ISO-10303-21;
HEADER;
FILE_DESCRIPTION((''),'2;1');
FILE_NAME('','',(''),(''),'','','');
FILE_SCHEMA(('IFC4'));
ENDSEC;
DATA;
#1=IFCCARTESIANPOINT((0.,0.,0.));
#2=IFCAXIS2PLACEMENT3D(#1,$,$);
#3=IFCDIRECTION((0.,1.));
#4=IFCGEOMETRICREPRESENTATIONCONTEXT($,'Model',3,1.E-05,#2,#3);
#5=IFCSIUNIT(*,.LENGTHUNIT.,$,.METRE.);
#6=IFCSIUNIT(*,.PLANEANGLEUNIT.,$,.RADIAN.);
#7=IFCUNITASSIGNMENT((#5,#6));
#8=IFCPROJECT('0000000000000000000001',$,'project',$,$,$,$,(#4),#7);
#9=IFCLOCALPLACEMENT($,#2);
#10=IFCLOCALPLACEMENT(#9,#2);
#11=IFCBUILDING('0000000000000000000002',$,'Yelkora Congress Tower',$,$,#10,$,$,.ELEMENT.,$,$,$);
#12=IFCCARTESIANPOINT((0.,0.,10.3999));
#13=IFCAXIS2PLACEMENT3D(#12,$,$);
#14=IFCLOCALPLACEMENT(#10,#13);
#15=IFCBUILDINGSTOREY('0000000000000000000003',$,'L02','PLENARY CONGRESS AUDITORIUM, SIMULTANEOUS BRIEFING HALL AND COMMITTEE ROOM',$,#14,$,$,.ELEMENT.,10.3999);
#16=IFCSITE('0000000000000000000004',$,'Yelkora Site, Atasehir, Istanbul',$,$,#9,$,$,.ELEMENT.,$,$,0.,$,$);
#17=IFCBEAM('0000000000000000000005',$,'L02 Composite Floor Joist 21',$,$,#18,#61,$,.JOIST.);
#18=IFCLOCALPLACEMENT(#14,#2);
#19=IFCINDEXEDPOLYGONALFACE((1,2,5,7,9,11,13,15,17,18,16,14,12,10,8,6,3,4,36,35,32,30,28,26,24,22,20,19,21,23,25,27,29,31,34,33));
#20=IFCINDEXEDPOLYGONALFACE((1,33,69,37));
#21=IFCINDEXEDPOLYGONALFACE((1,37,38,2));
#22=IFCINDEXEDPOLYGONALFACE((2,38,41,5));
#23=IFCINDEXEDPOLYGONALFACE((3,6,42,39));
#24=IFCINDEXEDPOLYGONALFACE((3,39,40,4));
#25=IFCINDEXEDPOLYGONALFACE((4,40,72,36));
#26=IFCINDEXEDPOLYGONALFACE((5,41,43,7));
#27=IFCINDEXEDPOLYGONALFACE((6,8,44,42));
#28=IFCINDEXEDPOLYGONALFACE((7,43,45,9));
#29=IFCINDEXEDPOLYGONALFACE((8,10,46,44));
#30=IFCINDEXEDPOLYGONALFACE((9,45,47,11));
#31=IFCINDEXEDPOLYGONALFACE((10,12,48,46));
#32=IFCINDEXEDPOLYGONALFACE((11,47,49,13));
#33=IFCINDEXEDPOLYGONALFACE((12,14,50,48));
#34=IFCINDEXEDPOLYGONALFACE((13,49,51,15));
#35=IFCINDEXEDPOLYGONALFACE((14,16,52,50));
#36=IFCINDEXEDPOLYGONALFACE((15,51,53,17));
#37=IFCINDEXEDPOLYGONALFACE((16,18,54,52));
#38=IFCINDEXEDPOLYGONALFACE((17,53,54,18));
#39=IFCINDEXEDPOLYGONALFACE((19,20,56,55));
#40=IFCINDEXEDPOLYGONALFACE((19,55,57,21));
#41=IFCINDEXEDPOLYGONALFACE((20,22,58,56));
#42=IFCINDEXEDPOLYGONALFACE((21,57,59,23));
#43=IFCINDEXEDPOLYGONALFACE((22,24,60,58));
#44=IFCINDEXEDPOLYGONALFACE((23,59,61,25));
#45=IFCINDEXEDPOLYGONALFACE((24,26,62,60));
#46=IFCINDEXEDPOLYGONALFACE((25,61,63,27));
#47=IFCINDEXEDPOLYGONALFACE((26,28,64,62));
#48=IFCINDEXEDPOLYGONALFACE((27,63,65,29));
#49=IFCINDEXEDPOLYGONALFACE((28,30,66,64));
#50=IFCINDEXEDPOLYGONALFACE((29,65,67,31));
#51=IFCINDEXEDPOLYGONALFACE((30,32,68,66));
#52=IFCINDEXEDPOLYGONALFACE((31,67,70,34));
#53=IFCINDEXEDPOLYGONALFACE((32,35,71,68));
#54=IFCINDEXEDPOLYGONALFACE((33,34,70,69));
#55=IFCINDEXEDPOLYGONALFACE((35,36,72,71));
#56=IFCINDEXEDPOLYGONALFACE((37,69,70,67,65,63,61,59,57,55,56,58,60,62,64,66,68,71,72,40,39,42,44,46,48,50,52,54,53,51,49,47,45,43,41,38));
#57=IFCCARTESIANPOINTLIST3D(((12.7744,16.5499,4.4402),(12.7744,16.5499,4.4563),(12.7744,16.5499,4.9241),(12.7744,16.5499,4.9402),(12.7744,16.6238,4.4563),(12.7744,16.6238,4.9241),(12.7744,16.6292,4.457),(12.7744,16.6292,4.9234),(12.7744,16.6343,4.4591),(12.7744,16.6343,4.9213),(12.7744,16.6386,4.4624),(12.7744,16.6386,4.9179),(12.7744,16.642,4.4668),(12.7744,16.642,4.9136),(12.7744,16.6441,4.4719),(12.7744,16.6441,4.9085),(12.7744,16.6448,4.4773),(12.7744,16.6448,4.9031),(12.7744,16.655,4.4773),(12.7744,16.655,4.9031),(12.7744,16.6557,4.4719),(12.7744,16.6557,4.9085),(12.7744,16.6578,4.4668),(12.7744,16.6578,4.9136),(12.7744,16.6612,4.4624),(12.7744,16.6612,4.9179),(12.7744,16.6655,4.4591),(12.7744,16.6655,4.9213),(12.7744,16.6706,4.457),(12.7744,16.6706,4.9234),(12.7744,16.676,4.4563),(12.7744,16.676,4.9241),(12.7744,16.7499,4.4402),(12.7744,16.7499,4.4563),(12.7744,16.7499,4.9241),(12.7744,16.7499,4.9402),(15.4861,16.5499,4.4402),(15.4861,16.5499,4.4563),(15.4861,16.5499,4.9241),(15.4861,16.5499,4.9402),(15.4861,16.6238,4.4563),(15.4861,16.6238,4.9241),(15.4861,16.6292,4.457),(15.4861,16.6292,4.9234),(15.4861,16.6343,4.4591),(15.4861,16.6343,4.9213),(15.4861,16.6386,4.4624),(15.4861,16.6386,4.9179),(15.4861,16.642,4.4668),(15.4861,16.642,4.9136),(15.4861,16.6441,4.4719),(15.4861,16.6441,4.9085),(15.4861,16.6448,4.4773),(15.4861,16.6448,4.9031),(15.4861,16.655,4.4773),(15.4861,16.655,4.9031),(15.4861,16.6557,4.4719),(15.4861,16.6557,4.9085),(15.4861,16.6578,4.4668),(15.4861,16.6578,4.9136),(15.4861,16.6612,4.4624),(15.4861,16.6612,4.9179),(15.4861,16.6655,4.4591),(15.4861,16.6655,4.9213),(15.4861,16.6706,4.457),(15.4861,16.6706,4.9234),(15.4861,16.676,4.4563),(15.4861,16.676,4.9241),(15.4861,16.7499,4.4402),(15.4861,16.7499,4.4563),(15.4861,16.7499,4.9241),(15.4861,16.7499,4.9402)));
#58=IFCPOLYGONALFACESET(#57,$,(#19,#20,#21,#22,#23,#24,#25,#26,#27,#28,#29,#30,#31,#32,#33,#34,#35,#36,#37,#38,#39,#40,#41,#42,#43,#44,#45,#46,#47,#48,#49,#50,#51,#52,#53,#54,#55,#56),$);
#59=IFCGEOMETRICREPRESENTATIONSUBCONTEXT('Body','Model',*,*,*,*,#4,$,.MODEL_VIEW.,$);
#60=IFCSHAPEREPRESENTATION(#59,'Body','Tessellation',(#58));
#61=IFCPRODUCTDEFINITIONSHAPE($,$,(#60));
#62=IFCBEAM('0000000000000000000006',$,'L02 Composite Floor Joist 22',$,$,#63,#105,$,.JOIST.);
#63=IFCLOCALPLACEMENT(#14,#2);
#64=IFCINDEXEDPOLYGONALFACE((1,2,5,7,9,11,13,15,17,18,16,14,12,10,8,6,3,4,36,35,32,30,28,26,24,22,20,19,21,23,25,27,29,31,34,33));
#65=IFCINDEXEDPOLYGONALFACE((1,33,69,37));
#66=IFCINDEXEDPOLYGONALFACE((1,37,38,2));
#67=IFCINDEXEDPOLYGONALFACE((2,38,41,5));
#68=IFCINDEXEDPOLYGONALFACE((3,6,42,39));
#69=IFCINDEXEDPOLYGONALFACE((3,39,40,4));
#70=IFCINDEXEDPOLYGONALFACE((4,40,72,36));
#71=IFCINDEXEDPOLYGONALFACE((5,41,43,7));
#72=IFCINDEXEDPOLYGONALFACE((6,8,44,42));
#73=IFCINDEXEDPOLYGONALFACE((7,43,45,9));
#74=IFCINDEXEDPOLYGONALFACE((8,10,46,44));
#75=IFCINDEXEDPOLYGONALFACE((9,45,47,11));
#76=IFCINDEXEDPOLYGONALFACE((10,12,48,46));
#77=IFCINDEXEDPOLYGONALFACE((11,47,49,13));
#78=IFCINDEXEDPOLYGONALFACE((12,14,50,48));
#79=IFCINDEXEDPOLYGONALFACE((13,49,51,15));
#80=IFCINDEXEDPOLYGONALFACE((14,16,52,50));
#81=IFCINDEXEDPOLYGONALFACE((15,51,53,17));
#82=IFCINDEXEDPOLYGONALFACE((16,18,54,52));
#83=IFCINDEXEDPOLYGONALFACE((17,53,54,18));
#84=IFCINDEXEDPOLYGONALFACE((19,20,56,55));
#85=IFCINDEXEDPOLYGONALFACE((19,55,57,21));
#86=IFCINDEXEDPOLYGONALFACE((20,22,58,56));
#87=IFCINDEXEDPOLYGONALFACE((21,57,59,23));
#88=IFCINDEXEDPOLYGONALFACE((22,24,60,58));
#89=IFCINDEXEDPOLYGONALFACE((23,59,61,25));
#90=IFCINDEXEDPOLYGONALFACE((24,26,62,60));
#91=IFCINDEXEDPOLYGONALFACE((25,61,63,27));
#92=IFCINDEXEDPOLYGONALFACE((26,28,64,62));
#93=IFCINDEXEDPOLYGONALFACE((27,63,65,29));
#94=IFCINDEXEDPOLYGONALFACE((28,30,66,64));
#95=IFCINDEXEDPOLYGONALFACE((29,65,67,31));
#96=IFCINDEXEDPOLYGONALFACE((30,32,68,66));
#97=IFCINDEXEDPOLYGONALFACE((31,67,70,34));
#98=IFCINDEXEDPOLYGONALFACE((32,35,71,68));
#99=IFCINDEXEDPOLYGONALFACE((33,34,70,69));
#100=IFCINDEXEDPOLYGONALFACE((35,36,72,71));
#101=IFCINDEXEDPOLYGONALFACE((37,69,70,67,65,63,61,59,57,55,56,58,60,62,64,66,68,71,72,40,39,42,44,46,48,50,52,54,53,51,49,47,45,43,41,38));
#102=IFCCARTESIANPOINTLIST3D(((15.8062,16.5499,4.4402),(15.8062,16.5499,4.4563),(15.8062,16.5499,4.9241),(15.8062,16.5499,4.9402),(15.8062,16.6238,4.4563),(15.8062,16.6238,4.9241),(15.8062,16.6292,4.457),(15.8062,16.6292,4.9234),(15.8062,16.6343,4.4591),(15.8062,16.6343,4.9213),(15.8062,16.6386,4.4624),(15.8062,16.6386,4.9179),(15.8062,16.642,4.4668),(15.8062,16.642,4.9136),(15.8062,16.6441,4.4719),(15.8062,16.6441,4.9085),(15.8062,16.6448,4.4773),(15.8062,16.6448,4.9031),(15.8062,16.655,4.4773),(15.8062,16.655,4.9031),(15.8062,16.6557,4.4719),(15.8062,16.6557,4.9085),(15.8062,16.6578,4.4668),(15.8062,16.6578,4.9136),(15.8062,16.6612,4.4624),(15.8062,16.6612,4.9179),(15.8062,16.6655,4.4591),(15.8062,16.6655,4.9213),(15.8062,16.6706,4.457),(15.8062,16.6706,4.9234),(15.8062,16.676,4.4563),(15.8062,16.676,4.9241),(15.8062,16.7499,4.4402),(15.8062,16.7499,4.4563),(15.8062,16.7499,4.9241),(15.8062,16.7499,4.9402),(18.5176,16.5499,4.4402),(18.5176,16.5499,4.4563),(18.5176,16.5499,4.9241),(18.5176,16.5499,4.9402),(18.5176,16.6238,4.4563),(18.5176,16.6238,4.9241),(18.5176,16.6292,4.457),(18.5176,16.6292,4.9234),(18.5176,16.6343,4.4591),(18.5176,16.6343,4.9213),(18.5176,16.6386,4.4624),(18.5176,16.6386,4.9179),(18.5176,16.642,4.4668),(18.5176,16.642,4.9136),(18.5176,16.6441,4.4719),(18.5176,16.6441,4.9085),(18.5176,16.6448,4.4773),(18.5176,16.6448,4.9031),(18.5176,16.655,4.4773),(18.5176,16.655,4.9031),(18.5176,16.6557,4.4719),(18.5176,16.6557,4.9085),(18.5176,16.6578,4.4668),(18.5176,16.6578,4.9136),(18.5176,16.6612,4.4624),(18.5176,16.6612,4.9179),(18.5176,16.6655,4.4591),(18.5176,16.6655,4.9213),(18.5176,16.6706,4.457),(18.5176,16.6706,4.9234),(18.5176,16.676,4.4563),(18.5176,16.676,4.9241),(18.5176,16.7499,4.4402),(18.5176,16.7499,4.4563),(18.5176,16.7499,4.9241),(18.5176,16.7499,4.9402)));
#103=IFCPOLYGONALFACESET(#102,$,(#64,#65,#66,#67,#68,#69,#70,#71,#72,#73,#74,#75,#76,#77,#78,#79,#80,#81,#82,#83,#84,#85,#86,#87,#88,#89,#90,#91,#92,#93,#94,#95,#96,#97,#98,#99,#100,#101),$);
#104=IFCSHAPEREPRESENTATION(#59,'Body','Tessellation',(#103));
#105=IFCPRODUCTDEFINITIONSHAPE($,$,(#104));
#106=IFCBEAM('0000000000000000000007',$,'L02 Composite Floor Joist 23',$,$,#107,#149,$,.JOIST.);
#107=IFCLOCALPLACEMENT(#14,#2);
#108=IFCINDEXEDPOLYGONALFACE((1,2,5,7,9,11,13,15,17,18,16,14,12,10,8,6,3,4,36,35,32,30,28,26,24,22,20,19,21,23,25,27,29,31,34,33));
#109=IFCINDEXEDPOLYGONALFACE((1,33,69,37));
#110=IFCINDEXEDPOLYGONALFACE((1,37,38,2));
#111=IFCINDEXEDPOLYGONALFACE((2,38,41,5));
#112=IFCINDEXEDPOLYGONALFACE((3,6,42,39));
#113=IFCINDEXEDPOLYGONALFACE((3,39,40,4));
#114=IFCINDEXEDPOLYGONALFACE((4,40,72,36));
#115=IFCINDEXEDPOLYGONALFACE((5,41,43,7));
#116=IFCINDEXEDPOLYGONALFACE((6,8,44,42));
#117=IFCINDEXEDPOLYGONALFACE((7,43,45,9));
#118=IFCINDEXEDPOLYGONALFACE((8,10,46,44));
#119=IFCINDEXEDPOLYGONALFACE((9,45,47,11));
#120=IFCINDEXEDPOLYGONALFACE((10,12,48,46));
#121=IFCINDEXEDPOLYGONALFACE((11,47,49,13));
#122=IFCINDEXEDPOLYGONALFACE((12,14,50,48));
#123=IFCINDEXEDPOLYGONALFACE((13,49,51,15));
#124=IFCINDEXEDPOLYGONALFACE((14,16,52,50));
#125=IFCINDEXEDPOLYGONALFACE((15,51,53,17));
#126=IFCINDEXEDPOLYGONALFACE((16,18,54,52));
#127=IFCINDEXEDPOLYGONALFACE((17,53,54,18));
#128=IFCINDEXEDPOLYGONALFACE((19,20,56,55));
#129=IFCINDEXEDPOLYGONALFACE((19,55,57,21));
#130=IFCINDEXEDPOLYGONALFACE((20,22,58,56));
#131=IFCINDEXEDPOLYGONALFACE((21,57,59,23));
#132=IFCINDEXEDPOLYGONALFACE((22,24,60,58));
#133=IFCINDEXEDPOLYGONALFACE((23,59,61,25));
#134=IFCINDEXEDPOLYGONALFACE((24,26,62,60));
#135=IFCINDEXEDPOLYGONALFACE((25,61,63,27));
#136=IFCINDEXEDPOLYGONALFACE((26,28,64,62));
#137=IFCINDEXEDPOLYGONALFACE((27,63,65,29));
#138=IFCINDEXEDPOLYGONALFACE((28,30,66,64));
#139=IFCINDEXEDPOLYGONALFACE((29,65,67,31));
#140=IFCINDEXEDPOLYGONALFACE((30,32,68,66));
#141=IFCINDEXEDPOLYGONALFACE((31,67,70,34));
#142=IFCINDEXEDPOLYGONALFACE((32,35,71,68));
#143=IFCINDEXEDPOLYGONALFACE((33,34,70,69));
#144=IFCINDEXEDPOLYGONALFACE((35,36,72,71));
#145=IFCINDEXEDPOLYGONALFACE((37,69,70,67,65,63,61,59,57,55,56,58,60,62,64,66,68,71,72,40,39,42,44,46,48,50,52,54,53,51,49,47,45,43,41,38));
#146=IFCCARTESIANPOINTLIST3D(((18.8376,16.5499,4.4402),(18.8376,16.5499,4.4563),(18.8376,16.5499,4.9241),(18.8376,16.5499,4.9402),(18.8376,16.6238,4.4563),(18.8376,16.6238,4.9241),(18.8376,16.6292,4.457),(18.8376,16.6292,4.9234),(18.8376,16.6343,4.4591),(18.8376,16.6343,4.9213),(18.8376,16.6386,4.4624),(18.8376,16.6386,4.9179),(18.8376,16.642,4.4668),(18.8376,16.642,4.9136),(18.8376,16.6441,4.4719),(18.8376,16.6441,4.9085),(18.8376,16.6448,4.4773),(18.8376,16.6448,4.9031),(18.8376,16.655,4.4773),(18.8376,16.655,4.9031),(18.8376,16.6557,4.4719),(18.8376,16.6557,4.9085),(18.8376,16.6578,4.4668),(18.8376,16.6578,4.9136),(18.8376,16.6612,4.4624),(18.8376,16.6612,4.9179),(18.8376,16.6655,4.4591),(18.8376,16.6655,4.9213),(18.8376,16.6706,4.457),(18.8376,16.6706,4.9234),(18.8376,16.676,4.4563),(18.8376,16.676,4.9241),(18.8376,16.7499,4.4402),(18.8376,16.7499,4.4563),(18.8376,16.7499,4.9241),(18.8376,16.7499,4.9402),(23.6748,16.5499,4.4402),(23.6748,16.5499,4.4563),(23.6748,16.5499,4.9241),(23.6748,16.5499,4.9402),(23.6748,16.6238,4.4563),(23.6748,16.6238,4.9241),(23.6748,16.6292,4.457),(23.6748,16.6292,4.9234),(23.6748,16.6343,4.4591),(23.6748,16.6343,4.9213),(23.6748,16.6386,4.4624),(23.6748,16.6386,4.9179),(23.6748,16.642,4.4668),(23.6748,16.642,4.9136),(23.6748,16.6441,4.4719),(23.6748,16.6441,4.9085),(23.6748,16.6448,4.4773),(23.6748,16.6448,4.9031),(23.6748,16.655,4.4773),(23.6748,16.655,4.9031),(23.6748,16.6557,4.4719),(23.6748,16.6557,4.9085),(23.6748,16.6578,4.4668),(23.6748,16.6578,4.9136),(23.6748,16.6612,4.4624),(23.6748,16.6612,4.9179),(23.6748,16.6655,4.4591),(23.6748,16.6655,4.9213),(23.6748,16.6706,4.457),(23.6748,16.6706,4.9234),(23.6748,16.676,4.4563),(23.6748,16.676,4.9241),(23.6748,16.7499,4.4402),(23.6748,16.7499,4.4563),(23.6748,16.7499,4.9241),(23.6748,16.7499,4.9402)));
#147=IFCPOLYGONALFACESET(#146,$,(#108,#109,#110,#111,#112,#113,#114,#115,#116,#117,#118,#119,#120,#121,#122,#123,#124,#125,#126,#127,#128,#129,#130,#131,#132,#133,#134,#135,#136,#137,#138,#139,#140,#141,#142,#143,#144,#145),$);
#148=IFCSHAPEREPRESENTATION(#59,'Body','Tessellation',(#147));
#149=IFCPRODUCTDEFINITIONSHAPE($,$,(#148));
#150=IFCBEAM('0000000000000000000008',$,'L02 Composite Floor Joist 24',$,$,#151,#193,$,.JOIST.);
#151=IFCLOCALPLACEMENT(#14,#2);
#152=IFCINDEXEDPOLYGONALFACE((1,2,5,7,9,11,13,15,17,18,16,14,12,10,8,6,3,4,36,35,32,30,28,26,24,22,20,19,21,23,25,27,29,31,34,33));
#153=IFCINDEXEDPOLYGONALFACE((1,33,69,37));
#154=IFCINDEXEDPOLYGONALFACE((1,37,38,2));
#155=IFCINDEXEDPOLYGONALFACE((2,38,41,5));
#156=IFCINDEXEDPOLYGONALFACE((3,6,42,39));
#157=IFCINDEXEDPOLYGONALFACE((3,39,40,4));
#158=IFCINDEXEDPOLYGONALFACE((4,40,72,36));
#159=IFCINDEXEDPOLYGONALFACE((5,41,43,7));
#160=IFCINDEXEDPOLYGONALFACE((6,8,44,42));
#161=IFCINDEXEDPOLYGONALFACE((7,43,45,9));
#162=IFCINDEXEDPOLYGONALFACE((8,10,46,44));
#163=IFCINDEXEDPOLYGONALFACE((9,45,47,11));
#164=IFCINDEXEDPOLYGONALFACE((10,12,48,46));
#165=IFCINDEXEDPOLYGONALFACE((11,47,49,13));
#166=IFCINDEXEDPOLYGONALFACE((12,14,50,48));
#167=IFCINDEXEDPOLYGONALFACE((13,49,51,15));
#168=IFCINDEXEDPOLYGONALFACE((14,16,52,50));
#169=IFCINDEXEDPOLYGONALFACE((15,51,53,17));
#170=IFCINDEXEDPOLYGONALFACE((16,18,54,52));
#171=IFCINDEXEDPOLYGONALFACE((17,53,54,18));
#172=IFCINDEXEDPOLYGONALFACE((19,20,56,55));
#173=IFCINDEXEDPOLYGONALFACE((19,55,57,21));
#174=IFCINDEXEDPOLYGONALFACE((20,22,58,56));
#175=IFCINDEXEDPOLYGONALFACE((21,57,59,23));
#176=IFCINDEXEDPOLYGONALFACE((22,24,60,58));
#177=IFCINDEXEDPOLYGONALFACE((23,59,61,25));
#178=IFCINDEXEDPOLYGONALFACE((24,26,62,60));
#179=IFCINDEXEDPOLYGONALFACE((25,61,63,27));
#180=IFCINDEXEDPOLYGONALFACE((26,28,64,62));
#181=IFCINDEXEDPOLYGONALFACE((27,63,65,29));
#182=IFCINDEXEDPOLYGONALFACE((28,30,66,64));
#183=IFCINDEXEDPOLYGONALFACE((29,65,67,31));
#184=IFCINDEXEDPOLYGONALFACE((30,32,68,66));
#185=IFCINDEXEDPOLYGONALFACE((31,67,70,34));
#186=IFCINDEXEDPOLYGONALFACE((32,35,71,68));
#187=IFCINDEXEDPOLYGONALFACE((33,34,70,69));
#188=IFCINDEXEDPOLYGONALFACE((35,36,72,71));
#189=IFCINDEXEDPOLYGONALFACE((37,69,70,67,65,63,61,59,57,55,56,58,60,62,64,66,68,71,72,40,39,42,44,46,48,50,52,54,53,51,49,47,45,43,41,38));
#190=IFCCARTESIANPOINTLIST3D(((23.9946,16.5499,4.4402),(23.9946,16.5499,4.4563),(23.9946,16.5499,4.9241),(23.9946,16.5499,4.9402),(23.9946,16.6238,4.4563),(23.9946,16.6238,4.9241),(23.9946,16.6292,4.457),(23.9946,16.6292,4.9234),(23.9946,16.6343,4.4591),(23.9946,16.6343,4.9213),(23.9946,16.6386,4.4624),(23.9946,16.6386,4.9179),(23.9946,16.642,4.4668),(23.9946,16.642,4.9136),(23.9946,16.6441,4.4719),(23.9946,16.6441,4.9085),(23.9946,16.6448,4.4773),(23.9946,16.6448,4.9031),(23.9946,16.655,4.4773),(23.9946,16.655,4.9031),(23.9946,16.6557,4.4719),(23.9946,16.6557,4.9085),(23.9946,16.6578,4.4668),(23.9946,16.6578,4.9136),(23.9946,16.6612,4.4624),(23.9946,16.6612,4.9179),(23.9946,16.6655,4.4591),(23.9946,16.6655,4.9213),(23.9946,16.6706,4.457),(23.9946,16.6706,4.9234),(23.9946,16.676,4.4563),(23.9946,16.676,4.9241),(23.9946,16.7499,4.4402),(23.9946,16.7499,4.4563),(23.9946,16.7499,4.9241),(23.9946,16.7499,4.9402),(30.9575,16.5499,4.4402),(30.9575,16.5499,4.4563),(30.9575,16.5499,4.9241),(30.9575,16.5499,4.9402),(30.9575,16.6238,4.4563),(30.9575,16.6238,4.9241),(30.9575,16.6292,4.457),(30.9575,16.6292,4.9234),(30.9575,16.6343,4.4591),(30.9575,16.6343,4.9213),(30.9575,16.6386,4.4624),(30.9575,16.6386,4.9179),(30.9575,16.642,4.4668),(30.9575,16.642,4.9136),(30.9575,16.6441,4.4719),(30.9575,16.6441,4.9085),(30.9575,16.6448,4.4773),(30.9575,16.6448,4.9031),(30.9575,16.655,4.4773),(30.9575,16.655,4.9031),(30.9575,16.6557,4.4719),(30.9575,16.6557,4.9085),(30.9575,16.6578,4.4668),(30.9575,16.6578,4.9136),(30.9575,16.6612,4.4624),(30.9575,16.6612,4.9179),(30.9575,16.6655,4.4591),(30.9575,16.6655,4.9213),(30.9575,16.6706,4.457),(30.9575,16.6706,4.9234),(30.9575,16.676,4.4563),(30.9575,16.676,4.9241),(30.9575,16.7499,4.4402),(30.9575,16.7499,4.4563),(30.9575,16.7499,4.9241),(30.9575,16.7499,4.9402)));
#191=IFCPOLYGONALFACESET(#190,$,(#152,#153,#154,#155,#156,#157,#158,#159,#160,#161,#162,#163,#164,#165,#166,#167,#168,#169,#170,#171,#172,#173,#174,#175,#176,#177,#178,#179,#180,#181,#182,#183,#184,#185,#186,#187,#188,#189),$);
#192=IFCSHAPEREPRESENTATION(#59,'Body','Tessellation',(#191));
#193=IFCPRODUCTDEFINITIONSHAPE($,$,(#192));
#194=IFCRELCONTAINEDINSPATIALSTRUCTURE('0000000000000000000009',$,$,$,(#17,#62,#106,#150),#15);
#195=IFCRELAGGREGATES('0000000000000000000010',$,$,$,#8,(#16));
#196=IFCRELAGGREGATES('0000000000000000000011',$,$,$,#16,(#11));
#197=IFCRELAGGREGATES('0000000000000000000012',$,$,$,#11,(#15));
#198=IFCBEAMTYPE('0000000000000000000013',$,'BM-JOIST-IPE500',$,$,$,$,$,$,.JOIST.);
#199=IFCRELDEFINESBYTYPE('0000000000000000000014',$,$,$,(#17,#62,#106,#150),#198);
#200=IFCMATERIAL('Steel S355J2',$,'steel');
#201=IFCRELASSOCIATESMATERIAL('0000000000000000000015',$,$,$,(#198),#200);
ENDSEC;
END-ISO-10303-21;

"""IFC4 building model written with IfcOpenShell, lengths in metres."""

from ifc_helpers import new_model, si_unit, direction, frame, origin, origin_2d, place, context, subcontext, project, spatial, i_section, extrude, material, material_profile, profile_set, type_object, element, save


model = new_model("IFC4")

# Units and contexts
model_context = context("Model", 3, precision=1e-05, world=origin(), true_north=direction((0.0, 1.0)))
body_context = subcontext(model_context, "Body", "Model", "MODEL_VIEW")
ifc_project = project(units=[si_unit("LENGTHUNIT", "METRE"), si_unit("PLANEANGLEUNIT", "RADIAN")], contexts=[model_context])

# Site, building, storey
site_placement = place(None, origin())
site = spatial("IfcSite", under=ifc_project, at=site_placement, Name="Yelkora Site, Atasehir, Istanbul", CompositionType="ELEMENT", RefElevation=0.0)
building_placement = place(site_placement, origin())
building = spatial("IfcBuilding", under=site, at=building_placement, Name="Yelkora Congress Tower", CompositionType="ELEMENT")
storey_placement = place(building_placement, frame((0.0, 0.0, 10.3999)))
storey = spatial("IfcBuildingStorey", under=building, at=storey_placement, Name="L02", Description="PLENARY CONGRESS AUDITORIUM, SIMULTANEOUS BRIEFING HALL AND COMMITTEE ROOM", CompositionType="ELEMENT", Elevation=10.3999)

# Beams
ifc_material_1 = material(Name="Steel S355J2", Category="steel")
ifc_material_profile_1 = material_profile(ifc_material_1, i_section(OverallWidth=0.2, OverallDepth=0.5, WebThickness=0.0103, FlangeThickness=0.0161, FilletRadius=0.021, at=origin_2d()), Name="IPE 500")
ifc_profile_set_1 = profile_set([ifc_material_profile_1], Name="Steel S355J2")
beam_type_1 = type_object("IfcBeamType", Name="BM-JOIST-IPE500", PredefinedType="JOIST", material=ifc_profile_set_1)
beam_1_placement = place(storey_placement, frame((12.7744, 16.6499, 4.6902), z_axis=(1.0, 0.0, 0.0), x_axis=(0.0, 1.0, 0.0)))
element("IfcBeam", 1, at=beam_1_placement, inside=storey, type_object=beam_type_1, Name="L02 Composite Floor Joist 21", PredefinedType="JOIST", context=body_context, shape_type="SweptSolid", body=[
    extrude(i_section(OverallWidth=0.2, OverallDepth=0.5, WebThickness=0.0103, FlangeThickness=0.0161, FilletRadius=0.021, at=origin_2d()), origin(), (0.0, 0.0, 1.0), 2.7117),
])
beam_2_placement = place(storey_placement, frame((15.8062, 16.6499, 4.6902), z_axis=(1.0, 0.0, 0.0), x_axis=(0.0, 1.0, 0.0)))
element("IfcBeam", 2, at=beam_2_placement, inside=storey, type_object=beam_type_1, Name="L02 Composite Floor Joist 22", PredefinedType="JOIST", context=body_context, shape_type="SweptSolid", body=[
    extrude(i_section(OverallWidth=0.2, OverallDepth=0.5, WebThickness=0.0103, FlangeThickness=0.0161, FilletRadius=0.021, at=origin_2d()), origin(), (0.0, 0.0, 1.0), 2.7114),
])
beam_3_placement = place(storey_placement, frame((18.8376, 16.6499, 4.6902), z_axis=(1.0, 0.0, 0.0), x_axis=(0.0, 1.0, 0.0)))
element("IfcBeam", 3, at=beam_3_placement, inside=storey, type_object=beam_type_1, Name="L02 Composite Floor Joist 23", PredefinedType="JOIST", context=body_context, shape_type="SweptSolid", body=[
    extrude(i_section(OverallWidth=0.2, OverallDepth=0.5, WebThickness=0.0103, FlangeThickness=0.0161, FilletRadius=0.021, at=origin_2d()), origin(), (0.0, 0.0, 1.0), 4.8372),
])
beam_4_placement = place(storey_placement, frame((23.9946, 16.6499, 4.6902), z_axis=(1.0, 0.0, 0.0), x_axis=(0.0, 1.0, 0.0)))
element("IfcBeam", 4, at=beam_4_placement, inside=storey, type_object=beam_type_1, Name="L02 Composite Floor Joist 24", PredefinedType="JOIST", context=body_context, shape_type="SweptSolid", body=[
    extrude(i_section(OverallWidth=0.2, OverallDepth=0.5, WebThickness=0.0103, FlangeThickness=0.0161, FilletRadius=0.021, at=origin_2d()), origin(), (0.0, 0.0, 1.0), 6.9629),
])

save(model, "model.ifc")
